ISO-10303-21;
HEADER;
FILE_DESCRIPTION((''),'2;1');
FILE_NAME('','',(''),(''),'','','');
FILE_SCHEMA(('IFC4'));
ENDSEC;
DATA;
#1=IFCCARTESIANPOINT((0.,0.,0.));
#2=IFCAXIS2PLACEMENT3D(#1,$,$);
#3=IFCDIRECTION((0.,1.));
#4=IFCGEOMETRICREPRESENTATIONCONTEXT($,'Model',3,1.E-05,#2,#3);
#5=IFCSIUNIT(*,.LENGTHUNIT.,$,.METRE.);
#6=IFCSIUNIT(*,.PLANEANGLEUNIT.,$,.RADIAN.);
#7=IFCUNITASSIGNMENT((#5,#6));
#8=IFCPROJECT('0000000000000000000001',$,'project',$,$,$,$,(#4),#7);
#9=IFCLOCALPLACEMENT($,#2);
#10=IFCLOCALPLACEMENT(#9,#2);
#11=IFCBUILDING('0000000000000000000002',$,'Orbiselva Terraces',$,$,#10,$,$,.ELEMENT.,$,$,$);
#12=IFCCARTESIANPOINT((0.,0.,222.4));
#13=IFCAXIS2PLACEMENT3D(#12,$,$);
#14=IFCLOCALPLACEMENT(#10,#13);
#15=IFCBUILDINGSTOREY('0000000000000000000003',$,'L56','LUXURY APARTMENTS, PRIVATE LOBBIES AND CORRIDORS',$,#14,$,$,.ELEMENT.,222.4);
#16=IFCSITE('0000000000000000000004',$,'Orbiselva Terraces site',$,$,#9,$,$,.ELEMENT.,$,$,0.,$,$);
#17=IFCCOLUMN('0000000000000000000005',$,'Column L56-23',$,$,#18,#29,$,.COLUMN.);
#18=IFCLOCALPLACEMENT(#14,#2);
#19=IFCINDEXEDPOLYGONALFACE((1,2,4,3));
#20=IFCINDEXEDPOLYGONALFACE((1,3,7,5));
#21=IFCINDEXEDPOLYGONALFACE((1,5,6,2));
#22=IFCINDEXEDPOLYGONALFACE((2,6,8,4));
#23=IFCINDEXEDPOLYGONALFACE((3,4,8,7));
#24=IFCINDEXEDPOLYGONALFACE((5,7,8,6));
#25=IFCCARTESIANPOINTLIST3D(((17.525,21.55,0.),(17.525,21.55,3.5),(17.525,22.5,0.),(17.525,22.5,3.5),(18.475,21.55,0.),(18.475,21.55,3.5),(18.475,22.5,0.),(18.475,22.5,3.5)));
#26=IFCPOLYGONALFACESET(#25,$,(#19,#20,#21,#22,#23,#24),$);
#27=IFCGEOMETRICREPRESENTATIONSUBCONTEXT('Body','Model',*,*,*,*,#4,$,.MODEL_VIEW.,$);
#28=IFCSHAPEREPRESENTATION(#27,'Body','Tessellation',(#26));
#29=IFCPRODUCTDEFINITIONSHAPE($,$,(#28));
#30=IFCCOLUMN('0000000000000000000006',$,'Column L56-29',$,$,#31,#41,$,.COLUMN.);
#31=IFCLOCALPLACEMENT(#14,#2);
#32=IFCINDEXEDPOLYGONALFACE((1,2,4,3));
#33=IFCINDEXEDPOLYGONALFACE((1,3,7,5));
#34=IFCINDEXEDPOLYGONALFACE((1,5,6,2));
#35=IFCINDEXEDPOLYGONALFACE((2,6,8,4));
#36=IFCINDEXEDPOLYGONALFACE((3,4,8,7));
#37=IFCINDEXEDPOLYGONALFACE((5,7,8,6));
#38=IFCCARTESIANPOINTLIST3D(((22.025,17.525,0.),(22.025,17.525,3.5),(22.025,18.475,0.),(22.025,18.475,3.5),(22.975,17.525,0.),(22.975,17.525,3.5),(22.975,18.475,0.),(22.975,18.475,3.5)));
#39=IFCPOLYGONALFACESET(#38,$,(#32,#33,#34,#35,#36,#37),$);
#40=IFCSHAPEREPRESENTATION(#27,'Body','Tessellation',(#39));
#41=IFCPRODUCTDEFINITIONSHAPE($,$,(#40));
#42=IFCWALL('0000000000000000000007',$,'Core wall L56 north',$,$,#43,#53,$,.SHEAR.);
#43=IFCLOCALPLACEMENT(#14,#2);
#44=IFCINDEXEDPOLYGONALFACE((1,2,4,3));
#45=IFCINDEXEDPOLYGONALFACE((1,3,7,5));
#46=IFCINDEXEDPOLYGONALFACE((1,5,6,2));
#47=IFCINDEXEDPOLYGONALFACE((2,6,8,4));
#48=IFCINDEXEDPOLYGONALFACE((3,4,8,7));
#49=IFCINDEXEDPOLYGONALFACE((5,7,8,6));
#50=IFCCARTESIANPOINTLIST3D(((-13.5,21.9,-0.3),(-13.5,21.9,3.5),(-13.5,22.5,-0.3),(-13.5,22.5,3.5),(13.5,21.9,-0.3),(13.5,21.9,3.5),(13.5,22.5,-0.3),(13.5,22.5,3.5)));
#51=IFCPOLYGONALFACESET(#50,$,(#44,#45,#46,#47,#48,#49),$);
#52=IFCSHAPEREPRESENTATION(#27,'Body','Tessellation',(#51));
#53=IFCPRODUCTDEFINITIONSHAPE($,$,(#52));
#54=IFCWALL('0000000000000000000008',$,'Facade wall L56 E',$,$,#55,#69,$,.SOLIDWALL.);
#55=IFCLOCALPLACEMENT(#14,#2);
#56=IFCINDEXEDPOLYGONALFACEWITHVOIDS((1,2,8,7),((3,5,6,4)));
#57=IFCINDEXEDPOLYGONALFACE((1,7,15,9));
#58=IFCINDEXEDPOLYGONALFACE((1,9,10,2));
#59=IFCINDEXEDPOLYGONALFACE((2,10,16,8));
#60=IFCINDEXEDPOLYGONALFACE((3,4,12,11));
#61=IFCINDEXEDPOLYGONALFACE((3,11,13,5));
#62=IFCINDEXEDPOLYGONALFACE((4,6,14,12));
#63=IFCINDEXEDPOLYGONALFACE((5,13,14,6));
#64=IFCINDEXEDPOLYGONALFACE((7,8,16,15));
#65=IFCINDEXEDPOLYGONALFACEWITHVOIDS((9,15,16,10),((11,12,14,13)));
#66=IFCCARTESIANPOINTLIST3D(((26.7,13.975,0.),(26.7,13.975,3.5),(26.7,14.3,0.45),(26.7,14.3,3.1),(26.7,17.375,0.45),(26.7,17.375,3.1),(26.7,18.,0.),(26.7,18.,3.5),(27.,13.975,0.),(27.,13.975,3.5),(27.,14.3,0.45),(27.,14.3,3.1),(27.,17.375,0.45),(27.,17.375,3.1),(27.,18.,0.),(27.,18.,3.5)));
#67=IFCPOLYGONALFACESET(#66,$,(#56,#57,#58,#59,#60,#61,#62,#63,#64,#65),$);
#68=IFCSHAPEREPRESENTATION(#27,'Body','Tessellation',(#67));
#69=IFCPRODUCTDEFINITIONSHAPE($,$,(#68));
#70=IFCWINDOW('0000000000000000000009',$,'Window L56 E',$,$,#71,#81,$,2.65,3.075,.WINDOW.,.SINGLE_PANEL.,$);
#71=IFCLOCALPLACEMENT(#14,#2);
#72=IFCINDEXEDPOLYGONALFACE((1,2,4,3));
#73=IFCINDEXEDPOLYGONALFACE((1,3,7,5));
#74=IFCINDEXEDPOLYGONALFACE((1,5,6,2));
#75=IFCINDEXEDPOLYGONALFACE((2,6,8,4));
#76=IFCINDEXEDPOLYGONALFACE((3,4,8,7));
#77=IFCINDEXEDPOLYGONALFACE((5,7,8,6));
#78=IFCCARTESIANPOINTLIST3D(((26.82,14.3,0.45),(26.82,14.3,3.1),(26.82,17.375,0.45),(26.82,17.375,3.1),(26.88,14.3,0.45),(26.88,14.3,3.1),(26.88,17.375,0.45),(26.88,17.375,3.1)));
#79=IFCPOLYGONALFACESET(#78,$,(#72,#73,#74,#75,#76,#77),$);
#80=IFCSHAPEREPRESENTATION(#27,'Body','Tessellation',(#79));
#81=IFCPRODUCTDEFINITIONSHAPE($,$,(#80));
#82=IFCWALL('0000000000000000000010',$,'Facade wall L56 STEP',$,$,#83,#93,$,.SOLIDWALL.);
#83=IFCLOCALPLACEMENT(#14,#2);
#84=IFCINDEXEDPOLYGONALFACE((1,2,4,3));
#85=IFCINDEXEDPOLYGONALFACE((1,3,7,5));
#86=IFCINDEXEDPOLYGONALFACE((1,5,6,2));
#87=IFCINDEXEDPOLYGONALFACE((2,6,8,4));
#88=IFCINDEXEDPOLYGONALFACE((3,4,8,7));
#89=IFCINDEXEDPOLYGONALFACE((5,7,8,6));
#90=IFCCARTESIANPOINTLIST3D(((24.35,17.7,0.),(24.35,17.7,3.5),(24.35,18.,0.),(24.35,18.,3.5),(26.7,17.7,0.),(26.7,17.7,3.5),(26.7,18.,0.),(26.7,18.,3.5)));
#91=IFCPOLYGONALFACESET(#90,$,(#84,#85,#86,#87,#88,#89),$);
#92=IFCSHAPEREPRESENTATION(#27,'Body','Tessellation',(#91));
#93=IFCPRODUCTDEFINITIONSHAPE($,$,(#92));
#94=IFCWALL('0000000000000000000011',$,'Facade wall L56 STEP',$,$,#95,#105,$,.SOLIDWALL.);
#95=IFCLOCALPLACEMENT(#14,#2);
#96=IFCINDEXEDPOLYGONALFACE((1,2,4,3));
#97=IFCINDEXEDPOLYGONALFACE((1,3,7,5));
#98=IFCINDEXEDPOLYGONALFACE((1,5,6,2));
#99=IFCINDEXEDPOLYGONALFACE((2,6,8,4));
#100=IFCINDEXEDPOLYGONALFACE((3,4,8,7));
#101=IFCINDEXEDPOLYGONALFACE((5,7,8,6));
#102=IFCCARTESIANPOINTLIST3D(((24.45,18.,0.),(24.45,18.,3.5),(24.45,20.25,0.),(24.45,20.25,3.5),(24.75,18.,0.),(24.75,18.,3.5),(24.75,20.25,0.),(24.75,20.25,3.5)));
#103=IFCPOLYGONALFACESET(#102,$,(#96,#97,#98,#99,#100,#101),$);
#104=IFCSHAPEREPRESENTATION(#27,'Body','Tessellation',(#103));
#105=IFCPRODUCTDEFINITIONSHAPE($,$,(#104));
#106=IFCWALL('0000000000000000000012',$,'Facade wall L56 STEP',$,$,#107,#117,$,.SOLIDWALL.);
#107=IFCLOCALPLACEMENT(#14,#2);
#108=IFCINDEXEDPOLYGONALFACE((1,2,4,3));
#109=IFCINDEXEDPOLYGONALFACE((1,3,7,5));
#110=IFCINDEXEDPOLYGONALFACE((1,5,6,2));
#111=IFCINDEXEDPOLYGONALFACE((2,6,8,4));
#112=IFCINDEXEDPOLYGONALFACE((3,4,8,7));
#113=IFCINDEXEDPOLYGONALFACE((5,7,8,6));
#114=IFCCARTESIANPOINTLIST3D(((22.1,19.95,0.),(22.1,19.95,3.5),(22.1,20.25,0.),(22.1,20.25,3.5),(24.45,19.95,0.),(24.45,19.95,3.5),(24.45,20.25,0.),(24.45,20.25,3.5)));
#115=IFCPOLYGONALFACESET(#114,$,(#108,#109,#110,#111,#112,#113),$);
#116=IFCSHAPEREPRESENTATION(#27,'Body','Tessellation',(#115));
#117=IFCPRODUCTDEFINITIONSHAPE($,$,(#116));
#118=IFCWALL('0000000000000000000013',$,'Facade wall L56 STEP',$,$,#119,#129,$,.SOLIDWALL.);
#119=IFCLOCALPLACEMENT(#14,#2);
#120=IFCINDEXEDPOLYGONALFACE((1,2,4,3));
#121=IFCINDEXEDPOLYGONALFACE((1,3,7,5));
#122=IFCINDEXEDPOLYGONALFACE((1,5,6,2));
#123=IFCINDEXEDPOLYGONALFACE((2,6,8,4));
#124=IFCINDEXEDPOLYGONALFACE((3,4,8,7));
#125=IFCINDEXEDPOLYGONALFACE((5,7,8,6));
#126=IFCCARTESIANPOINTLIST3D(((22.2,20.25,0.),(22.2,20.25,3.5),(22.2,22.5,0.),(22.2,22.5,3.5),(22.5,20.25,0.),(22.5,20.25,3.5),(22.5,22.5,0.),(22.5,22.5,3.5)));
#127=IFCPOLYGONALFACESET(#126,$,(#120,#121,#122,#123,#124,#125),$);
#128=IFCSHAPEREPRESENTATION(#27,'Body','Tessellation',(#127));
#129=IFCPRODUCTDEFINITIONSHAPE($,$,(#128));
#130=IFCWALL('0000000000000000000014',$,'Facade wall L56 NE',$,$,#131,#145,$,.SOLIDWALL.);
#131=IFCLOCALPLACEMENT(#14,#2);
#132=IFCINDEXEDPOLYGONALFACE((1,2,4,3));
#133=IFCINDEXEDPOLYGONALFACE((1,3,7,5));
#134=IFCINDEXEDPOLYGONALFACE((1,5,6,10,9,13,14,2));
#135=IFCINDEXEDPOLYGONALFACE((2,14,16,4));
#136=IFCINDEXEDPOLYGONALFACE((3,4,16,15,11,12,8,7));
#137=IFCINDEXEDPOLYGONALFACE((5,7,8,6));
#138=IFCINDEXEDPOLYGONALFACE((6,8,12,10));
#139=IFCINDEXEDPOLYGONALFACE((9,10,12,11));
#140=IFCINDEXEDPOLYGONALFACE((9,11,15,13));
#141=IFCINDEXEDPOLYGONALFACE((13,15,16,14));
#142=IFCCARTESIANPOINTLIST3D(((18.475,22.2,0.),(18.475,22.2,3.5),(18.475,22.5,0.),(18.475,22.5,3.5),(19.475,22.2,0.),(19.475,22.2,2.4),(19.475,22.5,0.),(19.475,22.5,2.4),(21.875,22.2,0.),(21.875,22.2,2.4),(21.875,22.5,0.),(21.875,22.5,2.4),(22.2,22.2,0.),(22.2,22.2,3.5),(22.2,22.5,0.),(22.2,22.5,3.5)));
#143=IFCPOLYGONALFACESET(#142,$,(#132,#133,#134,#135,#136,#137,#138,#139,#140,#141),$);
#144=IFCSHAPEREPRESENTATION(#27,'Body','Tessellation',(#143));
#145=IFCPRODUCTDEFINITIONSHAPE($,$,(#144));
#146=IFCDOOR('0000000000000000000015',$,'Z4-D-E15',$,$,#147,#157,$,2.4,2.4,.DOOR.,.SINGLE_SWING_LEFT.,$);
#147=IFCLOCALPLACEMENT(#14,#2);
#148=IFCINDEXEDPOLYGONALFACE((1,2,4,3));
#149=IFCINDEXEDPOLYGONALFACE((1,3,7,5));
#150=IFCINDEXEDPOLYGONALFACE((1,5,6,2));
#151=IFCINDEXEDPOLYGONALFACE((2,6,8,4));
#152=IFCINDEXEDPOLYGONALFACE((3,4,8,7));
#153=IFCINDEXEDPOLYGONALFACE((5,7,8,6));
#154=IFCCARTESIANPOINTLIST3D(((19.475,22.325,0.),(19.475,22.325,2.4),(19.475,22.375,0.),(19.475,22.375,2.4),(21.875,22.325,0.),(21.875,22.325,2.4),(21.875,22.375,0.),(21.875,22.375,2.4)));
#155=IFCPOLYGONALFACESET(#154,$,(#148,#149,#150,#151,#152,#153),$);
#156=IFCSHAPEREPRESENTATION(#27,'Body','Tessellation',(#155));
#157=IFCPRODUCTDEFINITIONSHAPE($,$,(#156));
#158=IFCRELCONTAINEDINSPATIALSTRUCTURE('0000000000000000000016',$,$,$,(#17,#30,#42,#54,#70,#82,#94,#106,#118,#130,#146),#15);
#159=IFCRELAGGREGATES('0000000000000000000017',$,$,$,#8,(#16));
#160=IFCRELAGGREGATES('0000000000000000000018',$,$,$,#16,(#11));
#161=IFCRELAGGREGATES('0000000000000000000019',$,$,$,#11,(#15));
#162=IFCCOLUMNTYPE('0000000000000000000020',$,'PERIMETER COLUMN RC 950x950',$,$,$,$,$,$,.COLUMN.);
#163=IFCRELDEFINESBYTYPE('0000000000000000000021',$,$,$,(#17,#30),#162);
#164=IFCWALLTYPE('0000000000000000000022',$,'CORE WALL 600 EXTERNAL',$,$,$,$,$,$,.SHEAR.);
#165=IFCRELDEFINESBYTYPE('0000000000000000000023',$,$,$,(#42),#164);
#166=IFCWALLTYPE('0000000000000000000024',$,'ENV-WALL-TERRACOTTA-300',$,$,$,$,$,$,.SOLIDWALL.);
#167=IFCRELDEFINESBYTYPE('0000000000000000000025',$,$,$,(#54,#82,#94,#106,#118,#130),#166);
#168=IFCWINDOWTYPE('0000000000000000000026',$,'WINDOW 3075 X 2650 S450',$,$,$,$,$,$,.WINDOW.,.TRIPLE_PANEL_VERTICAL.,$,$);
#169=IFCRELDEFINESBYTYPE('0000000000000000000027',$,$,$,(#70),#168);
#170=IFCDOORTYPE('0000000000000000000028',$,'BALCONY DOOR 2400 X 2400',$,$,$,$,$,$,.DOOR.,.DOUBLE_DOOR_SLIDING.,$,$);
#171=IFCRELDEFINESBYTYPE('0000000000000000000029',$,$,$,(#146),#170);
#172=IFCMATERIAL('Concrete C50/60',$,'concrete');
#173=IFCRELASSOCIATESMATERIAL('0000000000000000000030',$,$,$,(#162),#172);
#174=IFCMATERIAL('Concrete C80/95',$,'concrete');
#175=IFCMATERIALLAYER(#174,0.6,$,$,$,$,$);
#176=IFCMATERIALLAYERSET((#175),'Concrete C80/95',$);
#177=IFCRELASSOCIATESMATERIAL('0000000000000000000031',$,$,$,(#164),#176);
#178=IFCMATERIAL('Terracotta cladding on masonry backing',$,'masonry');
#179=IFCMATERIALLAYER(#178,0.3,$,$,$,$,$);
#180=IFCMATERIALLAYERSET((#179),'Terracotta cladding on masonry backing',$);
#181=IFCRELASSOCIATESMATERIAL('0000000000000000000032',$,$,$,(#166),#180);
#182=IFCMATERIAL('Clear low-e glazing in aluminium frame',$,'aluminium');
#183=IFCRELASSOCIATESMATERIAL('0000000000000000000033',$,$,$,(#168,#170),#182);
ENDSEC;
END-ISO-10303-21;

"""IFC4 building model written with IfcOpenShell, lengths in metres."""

from ifc_helpers import new_model, si_unit, direction, frame, frame_2d, origin, origin_2d, place, context, subcontext, project, spatial, rectangle, extrude, material, layer, layer_set, material_profile, profile_set, type_object, element, fill, save


model = new_model("IFC4")

# Units and contexts
model_context = context("Model", 3, precision=1e-05, world=origin(), true_north=direction((0.0, 1.0)))
body_context = subcontext(model_context, "Body", "Model", "MODEL_VIEW")
ifc_project = project(units=[si_unit("LENGTHUNIT", "METRE"), si_unit("PLANEANGLEUNIT", "RADIAN")], contexts=[model_context])

# Site, building, storey
site_placement = place(None, origin())
site = spatial("IfcSite", under=ifc_project, at=site_placement, Name="Orbiselva Terraces site", CompositionType="ELEMENT", RefElevation=0.0)
building_placement = place(site_placement, origin())
building = spatial("IfcBuilding", under=site, at=building_placement, Name="Orbiselva Terraces", CompositionType="ELEMENT")
storey_placement = place(building_placement, frame((0.0, 0.0, 222.4)))
storey = spatial("IfcBuildingStorey", under=building, at=storey_placement, Name="L56", Description="LUXURY APARTMENTS, PRIVATE LOBBIES AND CORRIDORS", CompositionType="ELEMENT", Elevation=222.4)

# Columns
ifc_material_1 = material(Name="Concrete C50/60", Category="concrete")
ifc_material_profile = material_profile(ifc_material_1, rectangle(XDim=0.95, YDim=0.95, at=origin_2d()), Name="RC 950x950")
ifc_profile_set = profile_set([ifc_material_profile], Name="Concrete C50/60")
column_type = type_object("IfcColumnType", Name="PERIMETER COLUMN RC 950x950", PredefinedType="COLUMN", material=ifc_profile_set)
for number, where, z_axis, x_axis, name in (
    (1, (18.0, 22.025, 0.0), (0.0, 0.0, 1.0), (1.0, 0.0, 0.0), "Column L56-23"),
    (2, (22.5, 18.0, 0.0), (0.0, 0.0, 1.0), (1.0, 0.0, 0.0), "Column L56-29"),
):
    element("IfcColumn", number, at=place(storey_placement, frame(where, z_axis=z_axis, x_axis=x_axis)), inside=storey, type_object=column_type, Name=name, PredefinedType="COLUMN", context=body_context, shape_type="SweptSolid", body=[
        extrude(rectangle(XDim=0.95, YDim=0.95, at=origin_2d()), origin(), (0.0, 0.0, 1.0), 3.5),
    ])

# Wall
ifc_material_2 = material(Name="Concrete C80/95", Category="concrete")
ifc_layer_1 = layer(ifc_material_2, 0.6)
ifc_layer_set_1 = layer_set([ifc_layer_1], Name="Concrete C80/95")
wall_type_1 = type_object("IfcWallType", Name="CORE WALL 600 EXTERNAL", PredefinedType="SHEAR", material=ifc_layer_set_1)
wall_1_placement = place(storey_placement, frame((13.5, 22.2, -0.3), z_axis=(0.0, 0.0, 1.0), x_axis=(-1.0, 0.0, 0.0)))
element("IfcWall", 3, at=wall_1_placement, inside=storey, type_object=wall_type_1, Name="Core wall L56 north", PredefinedType="SHEAR", context=body_context, shape_type="SweptSolid", body=[
    extrude(rectangle(XDim=27.0, YDim=0.6, at=frame_2d((13.5, 0.0))), origin(), (0.0, 0.0, 1.0), 3.8),
])

# Wall, opening, window
ifc_material_3 = material(Name="Terracotta cladding on masonry backing", Category="masonry")
ifc_layer_2 = layer(ifc_material_3, 0.3)
ifc_layer_set_2 = layer_set([ifc_layer_2], Name="Terracotta cladding on masonry backing")
wall_type_2 = type_object("IfcWallType", Name="ENV-WALL-TERRACOTTA-300", PredefinedType="SOLIDWALL", material=ifc_layer_set_2)
wall_2_placement = place(storey_placement, frame((26.85, 18.0, 0.0), z_axis=(0.0, 0.0, 1.0), x_axis=(0.0, -1.0, 0.0)))
wall_2 = element("IfcWall", 4, at=wall_2_placement, inside=storey, type_object=wall_type_2, Name="Facade wall L56 E", PredefinedType="SOLIDWALL", context=body_context, shape_type="SweptSolid", body=[
    extrude(rectangle(XDim=4.025, YDim=0.3, at=frame_2d((2.0125, 0.0))), origin(), (0.0, 0.0, 1.0), 3.5),
])
opening_1_placement = place(wall_2_placement, frame((0.625, 0.0, 0.45)))
opening_1 = element("IfcOpeningElement", 5, at=opening_1_placement, cuts=wall_2, PredefinedType="OPENING", context=body_context, shape_type="SweptSolid", body=[
    extrude(rectangle(XDim=3.075, YDim=2.65, at=frame_2d((1.5375, 1.325))), frame((0.0, 0.16, 0.0), z_axis=(0.0, -1.0, 0.0), x_axis=(1.0, 0.0, 0.0)), (0.0, 0.0, 1.0), 0.32),
])
ifc_material_4 = material(Name="Clear low-e glazing in aluminium frame", Category="aluminium")
window_type = type_object("IfcWindowType", Name="WINDOW 3075 X 2650 S450", PartitioningType="TRIPLE_PANEL_VERTICAL", PredefinedType="WINDOW", material=ifc_material_4)
window_1_placement = place(opening_1_placement, origin())
window_1 = element("IfcWindow", 6, at=window_1_placement, inside=storey, type_object=window_type, Name="Window L56 E", OverallHeight=2.65, OverallWidth=3.075, PartitioningType="SINGLE_PANEL", PredefinedType="WINDOW", context=body_context, shape_type="SweptSolid", body=[
    extrude(rectangle(XDim=3.075, YDim=2.65, at=frame_2d((1.5375, 1.325))), frame((0.0, 0.03, 0.0), z_axis=(0.0, -1.0, 0.0), x_axis=(1.0, 0.0, 0.0)), (0.0, 0.0, 1.0), 0.06),
])
fill(opening_1, window_1)

# Walls
wall_3_placement = place(storey_placement, frame((24.35, 17.85, 0.0), z_axis=(0.0, 0.0, 1.0), x_axis=(1.0, 0.0, 0.0)))
element("IfcWall", 7, at=wall_3_placement, inside=storey, type_object=wall_type_2, Name="Facade wall L56 STEP", PredefinedType="SOLIDWALL", context=body_context, shape_type="SweptSolid", body=[
    extrude(rectangle(XDim=2.35, YDim=0.3, at=frame_2d((1.175, 0.0))), origin(), (0.0, 0.0, 1.0), 3.5),
])
wall_4_placement = place(storey_placement, frame((24.6, 20.25, 0.0), z_axis=(0.0, 0.0, 1.0), x_axis=(0.0, -1.0, 0.0)))
element("IfcWall", 8, at=wall_4_placement, inside=storey, type_object=wall_type_2, Name="Facade wall L56 STEP", PredefinedType="SOLIDWALL", context=body_context, shape_type="SweptSolid", body=[
    extrude(rectangle(XDim=2.25, YDim=0.3, at=frame_2d((1.125, 0.0))), origin(), (0.0, 0.0, 1.0), 3.5),
])
wall_5_placement = place(storey_placement, frame((22.1, 20.1, 0.0), z_axis=(0.0, 0.0, 1.0), x_axis=(1.0, 0.0, 0.0)))
element("IfcWall", 9, at=wall_5_placement, inside=storey, type_object=wall_type_2, Name="Facade wall L56 STEP", PredefinedType="SOLIDWALL", context=body_context, shape_type="SweptSolid", body=[
    extrude(rectangle(XDim=2.35, YDim=0.3, at=frame_2d((1.175, 0.0))), origin(), (0.0, 0.0, 1.0), 3.5),
])
wall_6_placement = place(storey_placement, frame((22.35, 22.5, 0.0), z_axis=(0.0, 0.0, 1.0), x_axis=(0.0, -1.0, 0.0)))
element("IfcWall", 10, at=wall_6_placement, inside=storey, type_object=wall_type_2, Name="Facade wall L56 STEP", PredefinedType="SOLIDWALL", context=body_context, shape_type="SweptSolid", body=[
    extrude(rectangle(XDim=2.25, YDim=0.3, at=frame_2d((1.125, 0.0))), origin(), (0.0, 0.0, 1.0), 3.5),
])

# Wall, opening, door
wall_7_placement = place(storey_placement, frame((18.475, 22.35, 0.0), z_axis=(0.0, 0.0, 1.0), x_axis=(1.0, 0.0, 0.0)))
wall_7 = element("IfcWall", 11, at=wall_7_placement, inside=storey, type_object=wall_type_2, Name="Facade wall L56 NE", PredefinedType="SOLIDWALL", context=body_context, shape_type="SweptSolid", body=[
    extrude(rectangle(XDim=3.725, YDim=0.3, at=frame_2d((1.8625, 0.0))), origin(), (0.0, 0.0, 1.0), 3.5),
])
opening_2_placement = place(wall_7_placement, frame((1.0, 0.0, 0.0)))
opening_2 = element("IfcOpeningElement", 12, at=opening_2_placement, cuts=wall_7, PredefinedType="OPENING", context=body_context, shape_type="SweptSolid", body=[
    extrude(rectangle(XDim=2.4, YDim=2.4, at=frame_2d((1.2, 1.2))), frame((0.0, 0.16, 0.0), z_axis=(0.0, -1.0, 0.0), x_axis=(1.0, 0.0, 0.0)), (0.0, 0.0, 1.0), 0.32),
])
door_type_1 = type_object("IfcDoorType", Name="BALCONY DOOR 2400 X 2400", OperationType="DOUBLE_DOOR_SLIDING", PredefinedType="DOOR", material=ifc_material_4)
door_1_placement = place(opening_2_placement, origin())
door_1 = element("IfcDoor", 13, at=door_1_placement, inside=storey, type_object=door_type_1, Name="Z4-D-E15", OperationType="SINGLE_SWING_LEFT", OverallHeight=2.4, OverallWidth=2.4, PredefinedType="DOOR", context=body_context, shape_type="SweptSolid", body=[
    extrude(rectangle(XDim=2.4, YDim=2.4, at=frame_2d((1.2, 1.2))), frame((0.0, 0.025, 0.0), z_axis=(0.0, -1.0, 0.0), x_axis=(1.0, 0.0, 0.0)), (0.0, 0.0, 1.0), 0.05),
])
fill(opening_2, door_1)

save(model, "model.ifc")
